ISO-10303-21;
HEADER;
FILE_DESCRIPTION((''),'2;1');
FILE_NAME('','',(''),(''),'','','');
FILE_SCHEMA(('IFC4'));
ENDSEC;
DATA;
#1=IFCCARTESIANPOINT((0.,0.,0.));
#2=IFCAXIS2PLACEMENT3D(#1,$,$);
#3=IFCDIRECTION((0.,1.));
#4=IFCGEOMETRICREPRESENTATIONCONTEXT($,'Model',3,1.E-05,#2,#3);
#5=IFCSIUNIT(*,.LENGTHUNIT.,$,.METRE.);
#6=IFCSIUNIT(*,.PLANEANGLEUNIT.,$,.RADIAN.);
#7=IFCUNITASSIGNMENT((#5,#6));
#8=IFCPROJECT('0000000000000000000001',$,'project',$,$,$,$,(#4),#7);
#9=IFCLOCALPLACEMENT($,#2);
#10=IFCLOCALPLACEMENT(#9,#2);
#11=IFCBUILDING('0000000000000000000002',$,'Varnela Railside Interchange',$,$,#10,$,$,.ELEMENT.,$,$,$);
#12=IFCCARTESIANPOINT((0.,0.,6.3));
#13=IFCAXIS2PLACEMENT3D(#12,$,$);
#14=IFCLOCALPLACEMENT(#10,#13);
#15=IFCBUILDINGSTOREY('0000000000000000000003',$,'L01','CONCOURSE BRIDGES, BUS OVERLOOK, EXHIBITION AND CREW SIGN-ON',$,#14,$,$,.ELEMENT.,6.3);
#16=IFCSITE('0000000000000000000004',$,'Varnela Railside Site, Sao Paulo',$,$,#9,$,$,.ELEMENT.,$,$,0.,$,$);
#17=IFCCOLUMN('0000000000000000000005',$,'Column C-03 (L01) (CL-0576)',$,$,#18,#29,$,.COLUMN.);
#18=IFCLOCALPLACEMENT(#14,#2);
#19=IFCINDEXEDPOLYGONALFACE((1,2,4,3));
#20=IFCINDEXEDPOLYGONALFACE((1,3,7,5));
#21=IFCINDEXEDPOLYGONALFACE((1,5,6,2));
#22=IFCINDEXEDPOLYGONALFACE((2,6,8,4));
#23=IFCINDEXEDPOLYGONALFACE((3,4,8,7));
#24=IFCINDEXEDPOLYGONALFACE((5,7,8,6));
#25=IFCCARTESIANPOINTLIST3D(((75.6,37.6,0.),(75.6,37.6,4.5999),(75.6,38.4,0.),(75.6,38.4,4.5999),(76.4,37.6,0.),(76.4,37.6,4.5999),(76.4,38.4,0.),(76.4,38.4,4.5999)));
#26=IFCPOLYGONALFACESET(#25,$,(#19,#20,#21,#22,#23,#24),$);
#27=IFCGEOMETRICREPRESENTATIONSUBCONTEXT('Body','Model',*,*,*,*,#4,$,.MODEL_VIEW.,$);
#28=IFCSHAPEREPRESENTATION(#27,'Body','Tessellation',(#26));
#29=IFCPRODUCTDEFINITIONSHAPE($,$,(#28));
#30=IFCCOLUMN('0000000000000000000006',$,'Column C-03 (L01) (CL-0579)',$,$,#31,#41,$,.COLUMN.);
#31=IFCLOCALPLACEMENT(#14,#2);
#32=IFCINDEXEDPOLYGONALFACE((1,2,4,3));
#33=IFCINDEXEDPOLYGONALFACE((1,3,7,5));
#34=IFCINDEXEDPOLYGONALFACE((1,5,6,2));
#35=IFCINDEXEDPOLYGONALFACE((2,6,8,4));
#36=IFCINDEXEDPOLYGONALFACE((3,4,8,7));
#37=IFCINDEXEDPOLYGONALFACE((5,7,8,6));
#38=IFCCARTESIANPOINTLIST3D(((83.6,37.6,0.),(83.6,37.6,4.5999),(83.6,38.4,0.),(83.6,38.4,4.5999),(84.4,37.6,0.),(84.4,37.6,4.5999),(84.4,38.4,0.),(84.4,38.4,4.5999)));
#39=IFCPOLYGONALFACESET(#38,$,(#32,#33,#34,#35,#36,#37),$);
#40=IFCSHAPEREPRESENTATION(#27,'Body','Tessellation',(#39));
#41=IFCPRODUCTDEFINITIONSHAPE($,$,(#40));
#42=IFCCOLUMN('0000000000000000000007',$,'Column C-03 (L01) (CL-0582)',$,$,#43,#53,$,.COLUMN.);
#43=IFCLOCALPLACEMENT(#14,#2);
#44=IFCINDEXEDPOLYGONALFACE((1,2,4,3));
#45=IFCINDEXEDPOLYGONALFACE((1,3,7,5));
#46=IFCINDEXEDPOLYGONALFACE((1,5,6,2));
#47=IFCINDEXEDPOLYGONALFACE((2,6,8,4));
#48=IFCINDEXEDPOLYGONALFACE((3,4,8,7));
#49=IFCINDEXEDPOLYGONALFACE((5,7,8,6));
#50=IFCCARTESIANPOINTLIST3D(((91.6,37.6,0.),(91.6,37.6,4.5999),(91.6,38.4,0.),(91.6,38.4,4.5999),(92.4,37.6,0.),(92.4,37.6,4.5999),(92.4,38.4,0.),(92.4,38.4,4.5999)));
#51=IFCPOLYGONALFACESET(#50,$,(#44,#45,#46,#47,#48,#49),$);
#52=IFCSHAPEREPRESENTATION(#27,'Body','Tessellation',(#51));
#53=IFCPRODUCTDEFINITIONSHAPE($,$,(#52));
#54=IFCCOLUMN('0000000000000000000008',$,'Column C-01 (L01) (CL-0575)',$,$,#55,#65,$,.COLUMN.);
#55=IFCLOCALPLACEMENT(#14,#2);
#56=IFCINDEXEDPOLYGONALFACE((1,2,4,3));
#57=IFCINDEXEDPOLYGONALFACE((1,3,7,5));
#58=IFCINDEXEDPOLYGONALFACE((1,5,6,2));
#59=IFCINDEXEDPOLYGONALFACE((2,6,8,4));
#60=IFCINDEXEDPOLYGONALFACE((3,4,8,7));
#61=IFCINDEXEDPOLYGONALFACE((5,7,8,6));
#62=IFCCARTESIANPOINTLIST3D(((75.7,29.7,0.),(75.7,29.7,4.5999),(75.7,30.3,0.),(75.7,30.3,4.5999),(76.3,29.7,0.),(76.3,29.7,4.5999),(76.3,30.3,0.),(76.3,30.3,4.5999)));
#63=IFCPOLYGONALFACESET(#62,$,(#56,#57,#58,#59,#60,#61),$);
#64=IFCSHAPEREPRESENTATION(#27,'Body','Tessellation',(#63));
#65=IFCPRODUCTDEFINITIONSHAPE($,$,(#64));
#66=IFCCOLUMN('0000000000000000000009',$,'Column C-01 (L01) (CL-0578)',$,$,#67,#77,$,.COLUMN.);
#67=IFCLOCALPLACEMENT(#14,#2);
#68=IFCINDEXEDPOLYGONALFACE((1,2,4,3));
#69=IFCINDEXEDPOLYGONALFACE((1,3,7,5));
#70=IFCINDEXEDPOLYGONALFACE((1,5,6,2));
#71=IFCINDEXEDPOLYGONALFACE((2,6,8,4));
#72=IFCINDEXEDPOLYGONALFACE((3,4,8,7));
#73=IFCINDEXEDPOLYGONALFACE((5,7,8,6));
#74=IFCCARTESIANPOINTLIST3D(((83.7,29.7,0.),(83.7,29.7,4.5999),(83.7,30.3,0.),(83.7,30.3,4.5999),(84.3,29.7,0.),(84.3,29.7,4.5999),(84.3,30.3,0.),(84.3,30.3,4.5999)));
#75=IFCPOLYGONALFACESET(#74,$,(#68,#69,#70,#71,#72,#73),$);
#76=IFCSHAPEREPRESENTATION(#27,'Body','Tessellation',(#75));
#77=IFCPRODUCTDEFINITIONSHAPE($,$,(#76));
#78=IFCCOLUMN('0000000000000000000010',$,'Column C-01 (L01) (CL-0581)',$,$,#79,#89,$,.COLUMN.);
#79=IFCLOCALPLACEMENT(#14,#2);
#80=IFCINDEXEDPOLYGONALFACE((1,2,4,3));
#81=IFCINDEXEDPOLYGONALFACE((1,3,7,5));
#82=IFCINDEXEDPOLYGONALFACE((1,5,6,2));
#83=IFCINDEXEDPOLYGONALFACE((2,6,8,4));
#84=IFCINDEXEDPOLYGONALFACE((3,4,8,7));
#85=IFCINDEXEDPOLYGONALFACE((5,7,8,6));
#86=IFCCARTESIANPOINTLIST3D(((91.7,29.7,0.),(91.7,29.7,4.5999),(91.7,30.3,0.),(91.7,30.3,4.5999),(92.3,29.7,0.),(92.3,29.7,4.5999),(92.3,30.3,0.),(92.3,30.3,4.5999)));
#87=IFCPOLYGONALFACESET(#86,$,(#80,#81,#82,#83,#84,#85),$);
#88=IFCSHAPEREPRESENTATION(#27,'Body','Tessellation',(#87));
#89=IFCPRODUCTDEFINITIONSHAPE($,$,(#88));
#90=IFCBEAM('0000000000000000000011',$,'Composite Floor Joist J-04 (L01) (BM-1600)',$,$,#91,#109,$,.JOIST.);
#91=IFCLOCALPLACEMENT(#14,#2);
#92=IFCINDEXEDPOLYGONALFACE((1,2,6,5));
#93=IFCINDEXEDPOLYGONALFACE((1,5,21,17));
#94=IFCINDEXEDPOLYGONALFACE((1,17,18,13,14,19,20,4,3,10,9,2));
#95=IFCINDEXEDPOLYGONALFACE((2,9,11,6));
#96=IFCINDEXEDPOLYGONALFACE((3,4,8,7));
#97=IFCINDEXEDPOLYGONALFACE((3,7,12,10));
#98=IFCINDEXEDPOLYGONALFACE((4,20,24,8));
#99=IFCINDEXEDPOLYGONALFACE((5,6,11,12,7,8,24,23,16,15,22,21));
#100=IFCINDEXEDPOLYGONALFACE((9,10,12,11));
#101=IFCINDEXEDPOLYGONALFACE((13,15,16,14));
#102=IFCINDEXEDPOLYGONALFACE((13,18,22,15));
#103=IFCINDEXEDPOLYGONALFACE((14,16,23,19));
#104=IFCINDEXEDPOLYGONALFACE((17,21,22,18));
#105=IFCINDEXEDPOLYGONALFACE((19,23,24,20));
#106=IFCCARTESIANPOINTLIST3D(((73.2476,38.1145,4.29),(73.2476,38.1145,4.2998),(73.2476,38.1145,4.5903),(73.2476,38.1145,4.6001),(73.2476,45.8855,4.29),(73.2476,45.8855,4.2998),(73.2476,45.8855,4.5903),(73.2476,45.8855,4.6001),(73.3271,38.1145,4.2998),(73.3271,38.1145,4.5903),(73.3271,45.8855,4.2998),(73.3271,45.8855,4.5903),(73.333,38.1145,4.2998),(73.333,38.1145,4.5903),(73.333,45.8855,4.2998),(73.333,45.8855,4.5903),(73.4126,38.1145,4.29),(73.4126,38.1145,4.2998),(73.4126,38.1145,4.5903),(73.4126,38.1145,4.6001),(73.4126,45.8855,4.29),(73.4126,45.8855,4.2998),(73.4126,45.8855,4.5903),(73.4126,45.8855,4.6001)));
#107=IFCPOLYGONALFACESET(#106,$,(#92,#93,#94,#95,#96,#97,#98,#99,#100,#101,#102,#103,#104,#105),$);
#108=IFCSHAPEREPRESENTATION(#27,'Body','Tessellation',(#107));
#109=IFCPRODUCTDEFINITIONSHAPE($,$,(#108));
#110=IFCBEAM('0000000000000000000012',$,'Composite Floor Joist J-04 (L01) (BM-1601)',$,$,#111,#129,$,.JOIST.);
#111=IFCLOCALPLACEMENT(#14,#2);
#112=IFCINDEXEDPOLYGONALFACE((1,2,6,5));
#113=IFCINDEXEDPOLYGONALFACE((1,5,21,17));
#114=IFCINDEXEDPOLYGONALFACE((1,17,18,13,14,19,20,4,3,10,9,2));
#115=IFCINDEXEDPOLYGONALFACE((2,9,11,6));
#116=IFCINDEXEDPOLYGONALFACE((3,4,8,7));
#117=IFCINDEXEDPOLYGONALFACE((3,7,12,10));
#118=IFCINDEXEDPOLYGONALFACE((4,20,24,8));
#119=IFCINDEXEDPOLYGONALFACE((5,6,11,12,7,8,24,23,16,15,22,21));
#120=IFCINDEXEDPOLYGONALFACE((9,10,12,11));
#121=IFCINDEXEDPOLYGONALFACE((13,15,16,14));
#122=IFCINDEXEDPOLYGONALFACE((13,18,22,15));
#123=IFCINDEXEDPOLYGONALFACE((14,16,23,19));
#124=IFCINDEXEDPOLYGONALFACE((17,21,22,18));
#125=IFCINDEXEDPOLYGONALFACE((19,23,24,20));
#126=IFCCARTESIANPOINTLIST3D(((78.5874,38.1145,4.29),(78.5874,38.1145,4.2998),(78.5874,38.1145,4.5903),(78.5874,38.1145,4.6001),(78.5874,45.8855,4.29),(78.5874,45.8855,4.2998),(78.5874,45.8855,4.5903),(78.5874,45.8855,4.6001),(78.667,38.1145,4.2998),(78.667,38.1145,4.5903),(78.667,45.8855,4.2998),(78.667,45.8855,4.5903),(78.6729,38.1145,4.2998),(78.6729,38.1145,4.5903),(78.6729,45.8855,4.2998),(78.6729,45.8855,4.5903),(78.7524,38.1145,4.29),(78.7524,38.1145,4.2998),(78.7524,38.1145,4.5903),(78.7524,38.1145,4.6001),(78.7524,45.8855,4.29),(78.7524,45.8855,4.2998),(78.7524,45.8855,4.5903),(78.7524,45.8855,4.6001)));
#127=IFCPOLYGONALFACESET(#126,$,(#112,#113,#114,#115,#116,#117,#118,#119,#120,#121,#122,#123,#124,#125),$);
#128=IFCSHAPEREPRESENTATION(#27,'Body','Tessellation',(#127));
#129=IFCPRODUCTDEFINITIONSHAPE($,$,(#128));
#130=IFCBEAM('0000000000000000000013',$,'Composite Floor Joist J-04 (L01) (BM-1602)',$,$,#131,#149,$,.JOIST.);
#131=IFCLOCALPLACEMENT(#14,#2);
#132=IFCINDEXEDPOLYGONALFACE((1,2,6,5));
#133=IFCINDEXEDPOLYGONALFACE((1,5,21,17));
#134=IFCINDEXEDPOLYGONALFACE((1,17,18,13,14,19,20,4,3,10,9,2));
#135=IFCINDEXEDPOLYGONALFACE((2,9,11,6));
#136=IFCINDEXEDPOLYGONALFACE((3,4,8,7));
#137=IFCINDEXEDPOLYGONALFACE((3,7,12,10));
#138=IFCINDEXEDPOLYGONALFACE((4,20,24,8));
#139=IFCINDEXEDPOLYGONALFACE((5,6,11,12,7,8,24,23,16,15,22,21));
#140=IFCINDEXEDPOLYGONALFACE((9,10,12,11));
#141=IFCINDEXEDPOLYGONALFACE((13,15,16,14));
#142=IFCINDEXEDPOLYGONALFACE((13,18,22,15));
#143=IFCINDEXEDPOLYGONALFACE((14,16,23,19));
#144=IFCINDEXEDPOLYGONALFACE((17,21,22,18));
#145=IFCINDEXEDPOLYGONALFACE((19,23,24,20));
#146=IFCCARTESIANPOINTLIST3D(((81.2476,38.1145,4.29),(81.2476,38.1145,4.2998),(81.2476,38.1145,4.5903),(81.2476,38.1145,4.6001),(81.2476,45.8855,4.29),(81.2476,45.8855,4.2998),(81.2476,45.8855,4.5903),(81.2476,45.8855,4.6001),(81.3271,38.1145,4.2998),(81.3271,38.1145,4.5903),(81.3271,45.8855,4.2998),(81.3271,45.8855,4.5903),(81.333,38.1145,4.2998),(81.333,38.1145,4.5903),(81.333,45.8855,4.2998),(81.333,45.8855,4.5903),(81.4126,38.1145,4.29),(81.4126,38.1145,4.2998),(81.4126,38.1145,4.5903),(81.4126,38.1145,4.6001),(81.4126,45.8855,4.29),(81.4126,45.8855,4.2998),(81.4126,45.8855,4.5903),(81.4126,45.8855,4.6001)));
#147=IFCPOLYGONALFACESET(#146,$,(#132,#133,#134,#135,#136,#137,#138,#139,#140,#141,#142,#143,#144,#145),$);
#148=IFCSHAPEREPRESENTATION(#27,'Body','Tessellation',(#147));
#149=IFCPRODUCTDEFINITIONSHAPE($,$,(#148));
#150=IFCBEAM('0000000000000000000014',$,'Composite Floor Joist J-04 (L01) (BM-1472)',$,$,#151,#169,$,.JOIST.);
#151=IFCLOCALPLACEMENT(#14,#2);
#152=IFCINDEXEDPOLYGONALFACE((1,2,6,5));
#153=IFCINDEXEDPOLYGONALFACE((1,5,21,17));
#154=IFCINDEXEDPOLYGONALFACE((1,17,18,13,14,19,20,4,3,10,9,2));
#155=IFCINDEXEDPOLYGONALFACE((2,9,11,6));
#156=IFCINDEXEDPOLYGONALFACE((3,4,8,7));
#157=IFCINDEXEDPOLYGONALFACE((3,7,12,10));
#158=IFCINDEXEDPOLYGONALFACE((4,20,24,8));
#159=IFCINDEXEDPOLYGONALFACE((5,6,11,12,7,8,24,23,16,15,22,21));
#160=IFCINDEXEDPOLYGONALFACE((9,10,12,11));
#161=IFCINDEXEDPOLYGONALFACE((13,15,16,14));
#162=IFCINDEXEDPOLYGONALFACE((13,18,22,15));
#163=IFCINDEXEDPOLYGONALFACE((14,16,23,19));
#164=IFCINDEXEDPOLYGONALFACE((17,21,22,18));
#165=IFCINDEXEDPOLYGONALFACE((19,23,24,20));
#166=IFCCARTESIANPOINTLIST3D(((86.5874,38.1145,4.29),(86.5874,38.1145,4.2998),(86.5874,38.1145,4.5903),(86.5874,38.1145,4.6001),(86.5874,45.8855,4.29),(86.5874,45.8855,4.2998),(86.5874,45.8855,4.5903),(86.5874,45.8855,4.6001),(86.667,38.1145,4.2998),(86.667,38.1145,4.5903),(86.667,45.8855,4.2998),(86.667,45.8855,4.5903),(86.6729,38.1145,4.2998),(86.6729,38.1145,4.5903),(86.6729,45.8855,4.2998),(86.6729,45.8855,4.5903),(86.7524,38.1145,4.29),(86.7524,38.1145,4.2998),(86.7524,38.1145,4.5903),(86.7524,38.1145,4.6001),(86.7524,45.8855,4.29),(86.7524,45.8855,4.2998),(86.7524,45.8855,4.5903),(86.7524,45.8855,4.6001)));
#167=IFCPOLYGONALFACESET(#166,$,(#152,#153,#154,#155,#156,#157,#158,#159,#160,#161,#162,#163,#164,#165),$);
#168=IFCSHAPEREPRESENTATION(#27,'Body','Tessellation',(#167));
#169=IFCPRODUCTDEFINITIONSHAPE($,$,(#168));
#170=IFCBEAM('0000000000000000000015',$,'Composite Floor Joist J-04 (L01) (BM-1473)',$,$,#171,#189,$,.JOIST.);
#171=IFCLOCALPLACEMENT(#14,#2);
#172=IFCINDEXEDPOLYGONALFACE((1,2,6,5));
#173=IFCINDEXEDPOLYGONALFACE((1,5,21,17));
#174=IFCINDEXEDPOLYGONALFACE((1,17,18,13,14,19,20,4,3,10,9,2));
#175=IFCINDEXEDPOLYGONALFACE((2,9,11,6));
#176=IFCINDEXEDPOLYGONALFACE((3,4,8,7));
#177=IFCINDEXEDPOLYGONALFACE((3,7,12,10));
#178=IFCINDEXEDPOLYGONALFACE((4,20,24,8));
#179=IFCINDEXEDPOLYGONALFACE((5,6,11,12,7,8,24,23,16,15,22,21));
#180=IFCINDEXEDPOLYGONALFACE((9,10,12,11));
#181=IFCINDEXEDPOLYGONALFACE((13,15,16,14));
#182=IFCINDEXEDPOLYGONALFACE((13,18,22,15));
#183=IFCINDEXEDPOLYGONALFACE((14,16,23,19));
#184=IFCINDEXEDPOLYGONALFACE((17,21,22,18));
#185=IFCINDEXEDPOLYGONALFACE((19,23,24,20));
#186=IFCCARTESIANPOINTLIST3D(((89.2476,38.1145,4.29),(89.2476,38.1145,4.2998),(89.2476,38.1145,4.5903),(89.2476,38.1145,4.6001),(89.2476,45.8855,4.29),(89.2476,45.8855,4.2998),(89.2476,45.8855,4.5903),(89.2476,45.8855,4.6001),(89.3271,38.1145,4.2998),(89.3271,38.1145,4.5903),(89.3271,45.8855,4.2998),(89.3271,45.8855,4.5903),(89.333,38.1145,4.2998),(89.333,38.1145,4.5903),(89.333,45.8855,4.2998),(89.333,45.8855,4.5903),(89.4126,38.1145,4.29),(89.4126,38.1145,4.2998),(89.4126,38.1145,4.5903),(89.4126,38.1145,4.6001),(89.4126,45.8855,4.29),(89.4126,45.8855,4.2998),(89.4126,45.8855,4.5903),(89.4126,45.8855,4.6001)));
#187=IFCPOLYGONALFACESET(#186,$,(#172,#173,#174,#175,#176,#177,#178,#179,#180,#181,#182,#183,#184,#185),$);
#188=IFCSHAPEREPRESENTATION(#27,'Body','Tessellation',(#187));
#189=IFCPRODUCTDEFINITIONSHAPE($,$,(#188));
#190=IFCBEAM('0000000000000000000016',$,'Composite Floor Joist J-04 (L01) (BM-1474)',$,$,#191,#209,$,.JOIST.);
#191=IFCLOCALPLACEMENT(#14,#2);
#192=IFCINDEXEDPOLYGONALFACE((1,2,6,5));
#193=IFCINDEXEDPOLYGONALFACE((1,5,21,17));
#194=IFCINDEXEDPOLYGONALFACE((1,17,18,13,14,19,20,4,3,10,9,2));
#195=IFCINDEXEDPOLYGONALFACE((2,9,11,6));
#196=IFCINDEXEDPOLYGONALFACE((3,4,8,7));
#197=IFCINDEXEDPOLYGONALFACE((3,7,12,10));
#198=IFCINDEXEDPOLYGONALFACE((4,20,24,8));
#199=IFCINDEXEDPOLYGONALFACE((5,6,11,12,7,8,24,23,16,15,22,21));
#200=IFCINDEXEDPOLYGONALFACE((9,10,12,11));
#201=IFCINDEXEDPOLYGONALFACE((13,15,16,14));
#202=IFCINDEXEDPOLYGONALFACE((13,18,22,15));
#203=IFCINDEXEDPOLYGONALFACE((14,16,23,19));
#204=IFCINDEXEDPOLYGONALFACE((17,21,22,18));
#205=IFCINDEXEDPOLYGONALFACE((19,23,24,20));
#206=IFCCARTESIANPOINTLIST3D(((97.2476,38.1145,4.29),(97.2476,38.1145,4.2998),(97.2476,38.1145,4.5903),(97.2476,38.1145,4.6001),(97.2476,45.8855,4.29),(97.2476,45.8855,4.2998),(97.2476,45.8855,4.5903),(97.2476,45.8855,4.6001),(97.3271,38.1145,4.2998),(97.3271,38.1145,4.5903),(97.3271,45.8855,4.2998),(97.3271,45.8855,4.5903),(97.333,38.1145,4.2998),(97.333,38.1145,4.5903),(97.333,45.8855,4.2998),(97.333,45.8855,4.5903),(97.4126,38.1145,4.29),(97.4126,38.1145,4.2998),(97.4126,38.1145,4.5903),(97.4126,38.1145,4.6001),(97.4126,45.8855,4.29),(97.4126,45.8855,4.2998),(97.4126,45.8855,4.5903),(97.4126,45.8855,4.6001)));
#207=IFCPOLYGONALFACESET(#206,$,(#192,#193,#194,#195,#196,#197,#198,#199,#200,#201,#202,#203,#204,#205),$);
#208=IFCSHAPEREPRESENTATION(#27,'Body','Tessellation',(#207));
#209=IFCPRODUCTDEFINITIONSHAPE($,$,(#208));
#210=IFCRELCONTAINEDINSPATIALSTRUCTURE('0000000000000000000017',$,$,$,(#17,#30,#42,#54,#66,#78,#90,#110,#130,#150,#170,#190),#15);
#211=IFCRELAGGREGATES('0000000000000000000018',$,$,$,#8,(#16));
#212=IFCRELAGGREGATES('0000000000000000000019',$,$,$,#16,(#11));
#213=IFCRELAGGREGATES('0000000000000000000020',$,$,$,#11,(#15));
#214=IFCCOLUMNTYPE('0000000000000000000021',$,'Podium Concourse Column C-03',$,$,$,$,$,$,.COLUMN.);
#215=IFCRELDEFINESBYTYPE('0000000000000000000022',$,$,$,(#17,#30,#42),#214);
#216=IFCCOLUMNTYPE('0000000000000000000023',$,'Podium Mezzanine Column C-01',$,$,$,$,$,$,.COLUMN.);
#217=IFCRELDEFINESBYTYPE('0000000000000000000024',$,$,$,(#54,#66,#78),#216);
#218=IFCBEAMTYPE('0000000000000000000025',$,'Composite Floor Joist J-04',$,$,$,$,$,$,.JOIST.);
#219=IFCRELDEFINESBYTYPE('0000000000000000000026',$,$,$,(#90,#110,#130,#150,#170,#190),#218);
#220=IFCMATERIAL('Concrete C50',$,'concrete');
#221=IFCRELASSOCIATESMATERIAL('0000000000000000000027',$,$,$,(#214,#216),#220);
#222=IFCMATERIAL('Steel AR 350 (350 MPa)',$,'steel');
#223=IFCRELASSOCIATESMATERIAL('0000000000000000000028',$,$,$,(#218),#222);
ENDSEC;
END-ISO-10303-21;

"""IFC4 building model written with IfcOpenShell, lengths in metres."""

from ifc_helpers import new_model, si_unit, direction, frame, origin, origin_2d, place, context, subcontext, project, spatial, rectangle, i_section, extrude, material, material_profile, profile_set, type_object, element, save


model = new_model("IFC4")

# Units and contexts
model_context = context("Model", 3, precision=1e-05, world=origin(), true_north=direction((0.0, 1.0)))
body_context = subcontext(model_context, "Body", "Model", "MODEL_VIEW")
ifc_project = project(units=[si_unit("LENGTHUNIT", "METRE"), si_unit("PLANEANGLEUNIT", "RADIAN")], contexts=[model_context])

# Site, building, storey
site_placement = place(None, origin())
site = spatial("IfcSite", under=ifc_project, at=site_placement, Name="Varnela Railside Site, Sao Paulo", CompositionType="ELEMENT", RefElevation=0.0)
building_placement = place(site_placement, origin())
building = spatial("IfcBuilding", under=site, at=building_placement, Name="Varnela Railside Interchange", CompositionType="ELEMENT")
storey_placement = place(building_placement, frame((0.0, 0.0, 6.3)))
storey = spatial("IfcBuildingStorey", under=building, at=storey_placement, Name="L01", Description="CONCOURSE BRIDGES, BUS OVERLOOK, EXHIBITION AND CREW SIGN-ON", CompositionType="ELEMENT", Elevation=6.3)

# Columns
ifc_material_1 = material(Name="Concrete C50", Category="concrete")
ifc_material_profile_1 = material_profile(ifc_material_1, rectangle(XDim=0.8, YDim=0.8, at=origin_2d()), Name="RC 800x800")
ifc_profile_set_1 = profile_set([ifc_material_profile_1], Name="Concrete C50")
column_type_1 = type_object("IfcColumnType", Name="Podium Concourse Column C-03", PredefinedType="COLUMN", material=ifc_profile_set_1)
for number, where, z_axis, x_axis, name in (
    (1, (76.0, 38.0, 0.0), (0.0, 0.0, 1.0), (1.0, 0.0, 0.0), "Column C-03 (L01) (CL-0576)"),
    (2, (84.0, 38.0, 0.0), (0.0, 0.0, 1.0), (1.0, 0.0, 0.0), "Column C-03 (L01) (CL-0579)"),
    (3, (92.0, 38.0, 0.0), (0.0, 0.0, 1.0), (1.0, 0.0, 0.0), "Column C-03 (L01) (CL-0582)"),
):
    element("IfcColumn", number, at=place(storey_placement, frame(where, z_axis=z_axis, x_axis=x_axis)), inside=storey, type_object=column_type_1, Name=name, PredefinedType="COLUMN", context=body_context, shape_type="SweptSolid", body=[
        extrude(rectangle(XDim=0.8, YDim=0.8, at=origin_2d()), origin(), (0.0, 0.0, 1.0), 4.5999),
    ])
ifc_material_profile_2 = material_profile(ifc_material_1, rectangle(XDim=0.6001, YDim=0.6001, at=origin_2d()), Name="RC 600x600")
ifc_profile_set_2 = profile_set([ifc_material_profile_2], Name="Concrete C50")
column_type_2 = type_object("IfcColumnType", Name="Podium Mezzanine Column C-01", PredefinedType="COLUMN", material=ifc_profile_set_2)
for number, where, z_axis, x_axis, name in (
    (4, (76.0, 30.0, 0.0), (0.0, 0.0, 1.0), (1.0, 0.0, 0.0), "Column C-01 (L01) (CL-0575)"),
    (5, (84.0, 30.0, 0.0), (0.0, 0.0, 1.0), (1.0, 0.0, 0.0), "Column C-01 (L01) (CL-0578)"),
    (6, (92.0, 30.0, 0.0), (0.0, 0.0, 1.0), (1.0, 0.0, 0.0), "Column C-01 (L01) (CL-0581)"),
):
    element("IfcColumn", number, at=place(storey_placement, frame(where, z_axis=z_axis, x_axis=x_axis)), inside=storey, type_object=column_type_2, Name=name, PredefinedType="COLUMN", context=body_context, shape_type="SweptSolid", body=[
        extrude(rectangle(XDim=0.6001, YDim=0.6001, at=origin_2d()), origin(), (0.0, 0.0, 1.0), 4.5999),
    ])

# Beams
ifc_material_2 = material(Name="Steel AR 350 (350 MPa)", Category="steel")
ifc_material_profile_3 = material_profile(ifc_material_2, i_section(OverallWidth=0.165, OverallDepth=0.3101, WebThickness=0.0059, FlangeThickness=0.0098, at=origin_2d()), Name="W310x38.7")
ifc_profile_set_3 = profile_set([ifc_material_profile_3], Name="Steel AR 350 (350 MPa)")
beam_type_1 = type_object("IfcBeamType", Name="Composite Floor Joist J-04", PredefinedType="JOIST", material=ifc_profile_set_3)
for number, where, z_axis, x_axis, name in (
    (7, (73.3301, 38.1145, 4.4451), (0.0, 1.0, 0.0), (-1.0, 0.0, 0.0), "Composite Floor Joist J-04 (L01) (BM-1600)"),
    (8, (78.6699, 38.1145, 4.4451), (0.0, 1.0, 0.0), (-1.0, 0.0, 0.0), "Composite Floor Joist J-04 (L01) (BM-1601)"),
    (9, (81.3301, 38.1145, 4.4451), (0.0, 1.0, 0.0), (-1.0, 0.0, 0.0), "Composite Floor Joist J-04 (L01) (BM-1602)"),
    (10, (86.6699, 38.1145, 4.4451), (0.0, 1.0, 0.0), (-1.0, 0.0, 0.0), "Composite Floor Joist J-04 (L01) (BM-1472)"),
    (11, (89.3301, 38.1145, 4.4451), (0.0, 1.0, 0.0), (-1.0, 0.0, 0.0), "Composite Floor Joist J-04 (L01) (BM-1473)"),
    (12, (97.3301, 38.1145, 4.4451), (0.0, 1.0, 0.0), (-1.0, 0.0, 0.0), "Composite Floor Joist J-04 (L01) (BM-1474)"),
):
    element("IfcBeam", number, at=place(storey_placement, frame(where, z_axis=z_axis, x_axis=x_axis)), inside=storey, type_object=beam_type_1, Name=name, PredefinedType="JOIST", context=body_context, shape_type="SweptSolid", body=[
        extrude(i_section(OverallWidth=0.165, OverallDepth=0.3101, WebThickness=0.0059, FlangeThickness=0.0098, at=origin_2d()), origin(), (0.0, 0.0, 1.0), 7.771),
    ])

save(model, "model.ifc")
